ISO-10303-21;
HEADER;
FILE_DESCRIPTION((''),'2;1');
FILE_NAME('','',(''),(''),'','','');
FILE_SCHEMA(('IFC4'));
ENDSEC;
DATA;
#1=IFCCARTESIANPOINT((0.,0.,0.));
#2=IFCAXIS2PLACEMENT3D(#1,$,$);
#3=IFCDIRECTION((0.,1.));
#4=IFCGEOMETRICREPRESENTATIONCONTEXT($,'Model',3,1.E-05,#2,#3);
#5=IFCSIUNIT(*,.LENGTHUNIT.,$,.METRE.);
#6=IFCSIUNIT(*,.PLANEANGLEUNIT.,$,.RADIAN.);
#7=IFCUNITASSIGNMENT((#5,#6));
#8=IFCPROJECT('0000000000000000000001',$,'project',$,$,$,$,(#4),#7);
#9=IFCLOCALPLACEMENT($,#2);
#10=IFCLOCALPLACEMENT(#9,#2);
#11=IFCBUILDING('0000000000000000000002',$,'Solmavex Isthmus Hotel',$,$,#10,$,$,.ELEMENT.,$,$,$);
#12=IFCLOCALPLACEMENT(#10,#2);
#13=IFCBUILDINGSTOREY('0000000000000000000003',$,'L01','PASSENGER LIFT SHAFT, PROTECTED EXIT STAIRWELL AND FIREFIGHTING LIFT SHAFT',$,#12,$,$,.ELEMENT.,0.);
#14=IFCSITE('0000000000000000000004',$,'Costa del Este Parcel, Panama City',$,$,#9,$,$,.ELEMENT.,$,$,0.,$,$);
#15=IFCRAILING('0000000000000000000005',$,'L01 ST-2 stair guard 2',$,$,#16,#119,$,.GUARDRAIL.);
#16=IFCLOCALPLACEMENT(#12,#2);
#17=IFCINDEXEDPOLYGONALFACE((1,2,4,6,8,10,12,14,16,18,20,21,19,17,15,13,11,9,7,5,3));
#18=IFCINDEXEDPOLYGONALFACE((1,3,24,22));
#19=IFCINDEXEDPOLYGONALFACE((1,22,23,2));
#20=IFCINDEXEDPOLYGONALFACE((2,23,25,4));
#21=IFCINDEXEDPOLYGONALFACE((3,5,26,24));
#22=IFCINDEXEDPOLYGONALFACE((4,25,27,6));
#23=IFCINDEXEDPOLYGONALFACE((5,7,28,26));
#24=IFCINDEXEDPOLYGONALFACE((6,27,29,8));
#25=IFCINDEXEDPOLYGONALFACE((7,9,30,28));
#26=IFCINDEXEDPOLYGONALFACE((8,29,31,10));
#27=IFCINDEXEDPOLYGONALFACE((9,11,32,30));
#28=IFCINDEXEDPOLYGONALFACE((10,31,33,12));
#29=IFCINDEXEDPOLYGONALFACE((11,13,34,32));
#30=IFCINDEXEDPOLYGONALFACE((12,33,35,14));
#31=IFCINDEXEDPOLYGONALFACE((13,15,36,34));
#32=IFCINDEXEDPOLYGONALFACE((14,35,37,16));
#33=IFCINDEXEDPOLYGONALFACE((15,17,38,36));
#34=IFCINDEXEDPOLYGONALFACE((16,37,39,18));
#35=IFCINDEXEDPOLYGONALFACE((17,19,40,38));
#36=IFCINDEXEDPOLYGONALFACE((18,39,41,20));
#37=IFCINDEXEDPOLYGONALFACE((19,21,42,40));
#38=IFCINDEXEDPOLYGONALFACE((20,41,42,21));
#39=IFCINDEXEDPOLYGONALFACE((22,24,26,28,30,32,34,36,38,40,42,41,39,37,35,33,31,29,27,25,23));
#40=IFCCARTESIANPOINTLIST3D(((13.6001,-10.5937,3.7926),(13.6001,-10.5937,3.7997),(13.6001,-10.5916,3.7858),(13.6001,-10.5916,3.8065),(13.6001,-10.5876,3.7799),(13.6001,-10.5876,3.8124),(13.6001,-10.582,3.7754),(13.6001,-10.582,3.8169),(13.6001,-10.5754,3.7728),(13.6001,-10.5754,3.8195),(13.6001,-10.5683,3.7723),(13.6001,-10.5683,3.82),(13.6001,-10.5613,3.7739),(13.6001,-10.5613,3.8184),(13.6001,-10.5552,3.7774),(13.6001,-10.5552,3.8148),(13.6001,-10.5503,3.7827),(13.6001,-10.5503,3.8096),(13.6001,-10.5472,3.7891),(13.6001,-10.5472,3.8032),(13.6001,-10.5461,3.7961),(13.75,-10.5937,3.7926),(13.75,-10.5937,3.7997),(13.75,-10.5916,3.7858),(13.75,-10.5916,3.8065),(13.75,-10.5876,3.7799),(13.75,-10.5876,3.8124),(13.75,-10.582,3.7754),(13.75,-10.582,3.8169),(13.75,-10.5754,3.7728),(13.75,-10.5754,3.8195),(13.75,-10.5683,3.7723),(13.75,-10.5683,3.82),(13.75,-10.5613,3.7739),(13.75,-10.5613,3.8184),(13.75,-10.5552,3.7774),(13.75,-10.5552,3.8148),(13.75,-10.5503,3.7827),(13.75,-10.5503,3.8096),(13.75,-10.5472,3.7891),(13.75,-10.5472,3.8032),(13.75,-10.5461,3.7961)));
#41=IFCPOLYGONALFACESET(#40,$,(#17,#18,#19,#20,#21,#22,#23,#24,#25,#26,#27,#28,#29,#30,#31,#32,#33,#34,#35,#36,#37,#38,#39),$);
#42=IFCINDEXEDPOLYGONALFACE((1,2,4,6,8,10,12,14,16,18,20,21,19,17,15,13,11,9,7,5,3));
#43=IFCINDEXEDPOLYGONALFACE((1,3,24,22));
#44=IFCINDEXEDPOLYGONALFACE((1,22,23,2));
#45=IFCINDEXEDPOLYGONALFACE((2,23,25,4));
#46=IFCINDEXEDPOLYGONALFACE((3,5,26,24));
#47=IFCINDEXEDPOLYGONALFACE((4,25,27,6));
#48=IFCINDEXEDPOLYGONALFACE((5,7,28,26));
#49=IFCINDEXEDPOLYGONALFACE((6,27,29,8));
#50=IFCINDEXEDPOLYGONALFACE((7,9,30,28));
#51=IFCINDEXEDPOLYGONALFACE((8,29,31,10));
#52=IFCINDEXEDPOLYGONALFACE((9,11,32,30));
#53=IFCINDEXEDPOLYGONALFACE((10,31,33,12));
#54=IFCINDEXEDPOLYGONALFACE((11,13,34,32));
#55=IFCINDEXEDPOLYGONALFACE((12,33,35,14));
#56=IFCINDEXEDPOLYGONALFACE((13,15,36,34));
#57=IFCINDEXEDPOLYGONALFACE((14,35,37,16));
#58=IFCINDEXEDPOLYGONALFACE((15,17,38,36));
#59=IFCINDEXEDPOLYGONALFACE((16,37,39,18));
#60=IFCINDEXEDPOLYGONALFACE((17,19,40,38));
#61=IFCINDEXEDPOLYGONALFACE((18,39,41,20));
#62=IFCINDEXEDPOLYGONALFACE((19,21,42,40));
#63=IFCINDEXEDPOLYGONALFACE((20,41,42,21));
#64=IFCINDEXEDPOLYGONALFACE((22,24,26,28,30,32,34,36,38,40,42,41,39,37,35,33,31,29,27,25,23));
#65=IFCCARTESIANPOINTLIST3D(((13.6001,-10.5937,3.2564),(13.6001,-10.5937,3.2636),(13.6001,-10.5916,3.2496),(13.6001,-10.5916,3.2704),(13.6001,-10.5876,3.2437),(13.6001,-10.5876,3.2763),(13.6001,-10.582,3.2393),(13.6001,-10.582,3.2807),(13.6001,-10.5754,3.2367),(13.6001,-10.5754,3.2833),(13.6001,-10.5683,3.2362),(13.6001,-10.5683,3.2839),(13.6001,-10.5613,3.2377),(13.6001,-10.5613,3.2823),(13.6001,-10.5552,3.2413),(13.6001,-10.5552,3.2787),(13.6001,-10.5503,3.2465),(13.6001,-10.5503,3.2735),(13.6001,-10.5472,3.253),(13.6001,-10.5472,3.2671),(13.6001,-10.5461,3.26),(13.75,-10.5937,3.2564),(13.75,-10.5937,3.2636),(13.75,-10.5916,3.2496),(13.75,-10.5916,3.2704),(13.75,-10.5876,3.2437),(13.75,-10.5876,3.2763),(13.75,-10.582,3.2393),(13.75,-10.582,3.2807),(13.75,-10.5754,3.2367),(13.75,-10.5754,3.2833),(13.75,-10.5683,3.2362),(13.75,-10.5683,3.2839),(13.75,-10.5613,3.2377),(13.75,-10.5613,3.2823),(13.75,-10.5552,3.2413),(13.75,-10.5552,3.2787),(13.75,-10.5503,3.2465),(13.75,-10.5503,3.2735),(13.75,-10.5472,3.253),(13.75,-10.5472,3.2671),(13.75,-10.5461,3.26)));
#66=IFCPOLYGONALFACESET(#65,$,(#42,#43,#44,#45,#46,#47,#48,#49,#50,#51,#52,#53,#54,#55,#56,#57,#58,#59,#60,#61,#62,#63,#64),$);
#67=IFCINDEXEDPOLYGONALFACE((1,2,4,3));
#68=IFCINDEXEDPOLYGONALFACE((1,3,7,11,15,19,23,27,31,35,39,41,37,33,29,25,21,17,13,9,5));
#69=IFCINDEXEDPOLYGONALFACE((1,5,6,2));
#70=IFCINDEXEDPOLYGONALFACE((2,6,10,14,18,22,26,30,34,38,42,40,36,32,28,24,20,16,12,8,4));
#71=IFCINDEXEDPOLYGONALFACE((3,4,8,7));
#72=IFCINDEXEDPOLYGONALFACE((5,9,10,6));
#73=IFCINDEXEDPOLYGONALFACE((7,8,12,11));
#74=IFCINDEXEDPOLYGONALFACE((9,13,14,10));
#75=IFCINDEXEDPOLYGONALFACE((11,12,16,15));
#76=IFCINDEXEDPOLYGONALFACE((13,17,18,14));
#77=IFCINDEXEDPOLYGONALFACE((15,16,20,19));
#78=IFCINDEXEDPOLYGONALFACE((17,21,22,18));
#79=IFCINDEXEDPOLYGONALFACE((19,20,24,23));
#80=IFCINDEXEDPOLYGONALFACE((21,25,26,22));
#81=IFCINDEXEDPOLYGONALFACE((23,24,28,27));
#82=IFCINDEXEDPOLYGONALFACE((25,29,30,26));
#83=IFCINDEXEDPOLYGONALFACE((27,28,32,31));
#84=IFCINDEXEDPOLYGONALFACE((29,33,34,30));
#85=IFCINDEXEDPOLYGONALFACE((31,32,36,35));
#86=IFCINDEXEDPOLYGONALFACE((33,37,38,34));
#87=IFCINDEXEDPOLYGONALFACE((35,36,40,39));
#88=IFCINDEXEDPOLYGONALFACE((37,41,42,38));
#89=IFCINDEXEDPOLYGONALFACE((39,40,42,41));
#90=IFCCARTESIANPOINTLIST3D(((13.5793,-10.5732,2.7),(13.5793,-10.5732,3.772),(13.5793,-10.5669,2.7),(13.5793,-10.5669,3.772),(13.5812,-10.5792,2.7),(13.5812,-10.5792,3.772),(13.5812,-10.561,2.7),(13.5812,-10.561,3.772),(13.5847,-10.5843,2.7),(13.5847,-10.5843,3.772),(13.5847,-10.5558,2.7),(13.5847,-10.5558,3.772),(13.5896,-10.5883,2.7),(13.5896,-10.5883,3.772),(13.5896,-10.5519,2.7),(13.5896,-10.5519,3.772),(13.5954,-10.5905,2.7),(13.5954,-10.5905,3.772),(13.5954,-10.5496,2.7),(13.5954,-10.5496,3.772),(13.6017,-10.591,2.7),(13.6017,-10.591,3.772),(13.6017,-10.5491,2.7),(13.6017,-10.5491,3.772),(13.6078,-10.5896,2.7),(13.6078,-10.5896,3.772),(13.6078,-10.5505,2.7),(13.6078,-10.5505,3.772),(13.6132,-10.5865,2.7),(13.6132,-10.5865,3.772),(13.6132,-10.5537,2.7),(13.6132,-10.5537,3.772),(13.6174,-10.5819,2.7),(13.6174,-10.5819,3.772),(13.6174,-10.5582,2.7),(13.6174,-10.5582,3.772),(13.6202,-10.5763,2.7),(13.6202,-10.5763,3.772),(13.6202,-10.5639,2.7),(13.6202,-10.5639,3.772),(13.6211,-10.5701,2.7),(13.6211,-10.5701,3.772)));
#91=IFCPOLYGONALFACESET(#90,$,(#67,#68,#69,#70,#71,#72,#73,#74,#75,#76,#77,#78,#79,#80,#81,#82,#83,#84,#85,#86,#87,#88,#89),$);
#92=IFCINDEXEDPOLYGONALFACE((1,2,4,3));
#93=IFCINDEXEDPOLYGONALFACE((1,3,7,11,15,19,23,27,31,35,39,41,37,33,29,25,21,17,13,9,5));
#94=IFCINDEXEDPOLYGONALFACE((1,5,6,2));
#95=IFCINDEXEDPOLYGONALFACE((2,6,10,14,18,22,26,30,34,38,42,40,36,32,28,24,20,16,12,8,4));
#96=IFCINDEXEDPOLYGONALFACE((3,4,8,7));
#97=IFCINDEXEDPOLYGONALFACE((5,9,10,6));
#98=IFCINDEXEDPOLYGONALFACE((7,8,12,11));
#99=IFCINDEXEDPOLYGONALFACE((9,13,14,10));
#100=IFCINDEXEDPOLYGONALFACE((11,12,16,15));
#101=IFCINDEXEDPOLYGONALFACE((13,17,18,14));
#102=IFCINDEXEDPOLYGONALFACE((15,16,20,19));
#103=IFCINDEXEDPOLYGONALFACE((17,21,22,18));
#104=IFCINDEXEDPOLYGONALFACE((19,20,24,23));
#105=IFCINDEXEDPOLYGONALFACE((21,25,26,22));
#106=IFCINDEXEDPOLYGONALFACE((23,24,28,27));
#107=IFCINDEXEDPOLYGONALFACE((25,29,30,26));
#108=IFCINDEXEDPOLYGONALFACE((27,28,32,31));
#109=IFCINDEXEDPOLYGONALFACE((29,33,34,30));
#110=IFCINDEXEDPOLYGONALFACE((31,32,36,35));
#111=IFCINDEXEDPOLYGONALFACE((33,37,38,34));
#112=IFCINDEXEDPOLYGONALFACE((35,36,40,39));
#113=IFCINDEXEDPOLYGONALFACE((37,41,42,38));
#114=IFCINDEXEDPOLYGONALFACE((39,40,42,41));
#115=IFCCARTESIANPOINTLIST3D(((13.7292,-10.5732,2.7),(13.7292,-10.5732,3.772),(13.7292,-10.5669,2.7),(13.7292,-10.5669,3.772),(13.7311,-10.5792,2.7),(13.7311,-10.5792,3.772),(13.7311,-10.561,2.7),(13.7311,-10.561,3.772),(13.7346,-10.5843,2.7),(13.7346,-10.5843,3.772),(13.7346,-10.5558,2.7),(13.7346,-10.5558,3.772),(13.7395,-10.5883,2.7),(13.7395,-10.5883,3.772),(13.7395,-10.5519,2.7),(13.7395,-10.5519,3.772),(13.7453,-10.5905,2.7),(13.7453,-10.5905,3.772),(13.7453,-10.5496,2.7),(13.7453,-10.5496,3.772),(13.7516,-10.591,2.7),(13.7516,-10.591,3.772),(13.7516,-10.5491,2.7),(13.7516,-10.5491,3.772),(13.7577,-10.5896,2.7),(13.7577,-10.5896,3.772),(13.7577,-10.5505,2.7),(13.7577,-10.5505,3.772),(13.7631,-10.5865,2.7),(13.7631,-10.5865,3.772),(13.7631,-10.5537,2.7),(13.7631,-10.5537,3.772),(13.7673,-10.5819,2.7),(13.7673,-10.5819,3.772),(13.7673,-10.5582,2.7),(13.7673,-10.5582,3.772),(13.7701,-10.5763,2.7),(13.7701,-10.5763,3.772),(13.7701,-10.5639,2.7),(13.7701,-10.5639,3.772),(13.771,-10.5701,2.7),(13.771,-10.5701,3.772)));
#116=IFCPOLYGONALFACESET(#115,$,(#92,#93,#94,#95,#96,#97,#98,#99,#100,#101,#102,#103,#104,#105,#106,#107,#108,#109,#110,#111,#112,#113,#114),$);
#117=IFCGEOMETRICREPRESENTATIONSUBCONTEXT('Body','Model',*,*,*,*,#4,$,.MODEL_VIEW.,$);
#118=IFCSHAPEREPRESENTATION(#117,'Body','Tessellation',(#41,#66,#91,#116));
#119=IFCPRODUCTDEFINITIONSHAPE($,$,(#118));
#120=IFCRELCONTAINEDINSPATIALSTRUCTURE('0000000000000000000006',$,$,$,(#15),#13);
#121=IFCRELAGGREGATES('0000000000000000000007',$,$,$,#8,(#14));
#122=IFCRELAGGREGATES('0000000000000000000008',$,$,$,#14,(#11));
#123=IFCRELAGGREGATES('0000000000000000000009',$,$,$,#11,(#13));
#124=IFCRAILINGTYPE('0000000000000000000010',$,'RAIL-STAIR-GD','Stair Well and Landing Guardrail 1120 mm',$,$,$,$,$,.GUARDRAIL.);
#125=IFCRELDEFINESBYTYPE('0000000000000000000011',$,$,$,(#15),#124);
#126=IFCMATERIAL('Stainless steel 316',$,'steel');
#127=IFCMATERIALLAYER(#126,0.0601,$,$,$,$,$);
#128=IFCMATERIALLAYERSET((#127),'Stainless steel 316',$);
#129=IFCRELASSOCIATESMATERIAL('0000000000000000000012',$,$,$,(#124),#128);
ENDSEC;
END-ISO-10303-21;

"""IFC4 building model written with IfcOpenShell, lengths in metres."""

from ifc_helpers import new_model, si_unit, direction, frame, origin, origin_2d, place, context, subcontext, project, spatial, circle, extrude, material, layer, layer_set, type_object, element, save


model = new_model("IFC4")

# Units and contexts
model_context = context("Model", 3, precision=1e-05, world=origin(), true_north=direction((0.0, 1.0)))
body_context = subcontext(model_context, "Body", "Model", "MODEL_VIEW")
ifc_project = project(units=[si_unit("LENGTHUNIT", "METRE"), si_unit("PLANEANGLEUNIT", "RADIAN")], contexts=[model_context])

# Site, building, storey
site_placement = place(None, origin())
site = spatial("IfcSite", under=ifc_project, at=site_placement, Name="Costa del Este Parcel, Panama City", CompositionType="ELEMENT", RefElevation=0.0)
building_placement = place(site_placement, origin())
building = spatial("IfcBuilding", under=site, at=building_placement, Name="Solmavex Isthmus Hotel", CompositionType="ELEMENT")
storey_placement = place(building_placement, origin())
storey = spatial("IfcBuildingStorey", under=building, at=storey_placement, Name="L01", Description="PASSENGER LIFT SHAFT, PROTECTED EXIT STAIRWELL AND FIREFIGHTING LIFT SHAFT", CompositionType="ELEMENT", Elevation=0.0)

# Railing
ifc_material_1 = material(Name="Stainless steel 316", Category="steel")
ifc_layer_1 = layer(ifc_material_1, 0.0601)
ifc_layer_set_1 = layer_set([ifc_layer_1], Name="Stainless steel 316")
railing_type_1 = type_object("IfcRailingType", Name="RAIL-STAIR-GD", Description="Stair Well and Landing Guardrail 1120 mm", PredefinedType="GUARDRAIL", material=ifc_layer_set_1)
railing_1_placement = place(storey_placement, frame((13.6001, -10.5701, 2.7)))
element("IfcRailing", 1, at=railing_1_placement, inside=storey, type_object=railing_type_1, Name="L01 ST-2 stair guard 2", PredefinedType="GUARDRAIL", context=body_context, shape_type="SweptSolid", body=[
    extrude(circle(Radius=0.0239, at=origin_2d()), frame((0.0, 0.0, 1.0962), z_axis=(1.0, 0.0, 0.0), x_axis=(0.0, 1.0, 0.0)), (0.0, 0.0, 1.0), 0.1499),
    extrude(circle(Radius=0.0239, at=origin_2d()), frame((0.0, 0.0, 0.5601), z_axis=(1.0, 0.0, 0.0), x_axis=(0.0, 1.0, 0.0)), (0.0, 0.0, 1.0), 0.1499),
    extrude(circle(Radius=0.021, at=origin_2d()), origin(), (0.0, 0.0, 1.0), 1.072),
    extrude(circle(Radius=0.021, at=origin_2d()), frame((0.1499, 0.0, 0.0)), (0.0, 0.0, 1.0), 1.072),
])

save(model, "model.ifc")
